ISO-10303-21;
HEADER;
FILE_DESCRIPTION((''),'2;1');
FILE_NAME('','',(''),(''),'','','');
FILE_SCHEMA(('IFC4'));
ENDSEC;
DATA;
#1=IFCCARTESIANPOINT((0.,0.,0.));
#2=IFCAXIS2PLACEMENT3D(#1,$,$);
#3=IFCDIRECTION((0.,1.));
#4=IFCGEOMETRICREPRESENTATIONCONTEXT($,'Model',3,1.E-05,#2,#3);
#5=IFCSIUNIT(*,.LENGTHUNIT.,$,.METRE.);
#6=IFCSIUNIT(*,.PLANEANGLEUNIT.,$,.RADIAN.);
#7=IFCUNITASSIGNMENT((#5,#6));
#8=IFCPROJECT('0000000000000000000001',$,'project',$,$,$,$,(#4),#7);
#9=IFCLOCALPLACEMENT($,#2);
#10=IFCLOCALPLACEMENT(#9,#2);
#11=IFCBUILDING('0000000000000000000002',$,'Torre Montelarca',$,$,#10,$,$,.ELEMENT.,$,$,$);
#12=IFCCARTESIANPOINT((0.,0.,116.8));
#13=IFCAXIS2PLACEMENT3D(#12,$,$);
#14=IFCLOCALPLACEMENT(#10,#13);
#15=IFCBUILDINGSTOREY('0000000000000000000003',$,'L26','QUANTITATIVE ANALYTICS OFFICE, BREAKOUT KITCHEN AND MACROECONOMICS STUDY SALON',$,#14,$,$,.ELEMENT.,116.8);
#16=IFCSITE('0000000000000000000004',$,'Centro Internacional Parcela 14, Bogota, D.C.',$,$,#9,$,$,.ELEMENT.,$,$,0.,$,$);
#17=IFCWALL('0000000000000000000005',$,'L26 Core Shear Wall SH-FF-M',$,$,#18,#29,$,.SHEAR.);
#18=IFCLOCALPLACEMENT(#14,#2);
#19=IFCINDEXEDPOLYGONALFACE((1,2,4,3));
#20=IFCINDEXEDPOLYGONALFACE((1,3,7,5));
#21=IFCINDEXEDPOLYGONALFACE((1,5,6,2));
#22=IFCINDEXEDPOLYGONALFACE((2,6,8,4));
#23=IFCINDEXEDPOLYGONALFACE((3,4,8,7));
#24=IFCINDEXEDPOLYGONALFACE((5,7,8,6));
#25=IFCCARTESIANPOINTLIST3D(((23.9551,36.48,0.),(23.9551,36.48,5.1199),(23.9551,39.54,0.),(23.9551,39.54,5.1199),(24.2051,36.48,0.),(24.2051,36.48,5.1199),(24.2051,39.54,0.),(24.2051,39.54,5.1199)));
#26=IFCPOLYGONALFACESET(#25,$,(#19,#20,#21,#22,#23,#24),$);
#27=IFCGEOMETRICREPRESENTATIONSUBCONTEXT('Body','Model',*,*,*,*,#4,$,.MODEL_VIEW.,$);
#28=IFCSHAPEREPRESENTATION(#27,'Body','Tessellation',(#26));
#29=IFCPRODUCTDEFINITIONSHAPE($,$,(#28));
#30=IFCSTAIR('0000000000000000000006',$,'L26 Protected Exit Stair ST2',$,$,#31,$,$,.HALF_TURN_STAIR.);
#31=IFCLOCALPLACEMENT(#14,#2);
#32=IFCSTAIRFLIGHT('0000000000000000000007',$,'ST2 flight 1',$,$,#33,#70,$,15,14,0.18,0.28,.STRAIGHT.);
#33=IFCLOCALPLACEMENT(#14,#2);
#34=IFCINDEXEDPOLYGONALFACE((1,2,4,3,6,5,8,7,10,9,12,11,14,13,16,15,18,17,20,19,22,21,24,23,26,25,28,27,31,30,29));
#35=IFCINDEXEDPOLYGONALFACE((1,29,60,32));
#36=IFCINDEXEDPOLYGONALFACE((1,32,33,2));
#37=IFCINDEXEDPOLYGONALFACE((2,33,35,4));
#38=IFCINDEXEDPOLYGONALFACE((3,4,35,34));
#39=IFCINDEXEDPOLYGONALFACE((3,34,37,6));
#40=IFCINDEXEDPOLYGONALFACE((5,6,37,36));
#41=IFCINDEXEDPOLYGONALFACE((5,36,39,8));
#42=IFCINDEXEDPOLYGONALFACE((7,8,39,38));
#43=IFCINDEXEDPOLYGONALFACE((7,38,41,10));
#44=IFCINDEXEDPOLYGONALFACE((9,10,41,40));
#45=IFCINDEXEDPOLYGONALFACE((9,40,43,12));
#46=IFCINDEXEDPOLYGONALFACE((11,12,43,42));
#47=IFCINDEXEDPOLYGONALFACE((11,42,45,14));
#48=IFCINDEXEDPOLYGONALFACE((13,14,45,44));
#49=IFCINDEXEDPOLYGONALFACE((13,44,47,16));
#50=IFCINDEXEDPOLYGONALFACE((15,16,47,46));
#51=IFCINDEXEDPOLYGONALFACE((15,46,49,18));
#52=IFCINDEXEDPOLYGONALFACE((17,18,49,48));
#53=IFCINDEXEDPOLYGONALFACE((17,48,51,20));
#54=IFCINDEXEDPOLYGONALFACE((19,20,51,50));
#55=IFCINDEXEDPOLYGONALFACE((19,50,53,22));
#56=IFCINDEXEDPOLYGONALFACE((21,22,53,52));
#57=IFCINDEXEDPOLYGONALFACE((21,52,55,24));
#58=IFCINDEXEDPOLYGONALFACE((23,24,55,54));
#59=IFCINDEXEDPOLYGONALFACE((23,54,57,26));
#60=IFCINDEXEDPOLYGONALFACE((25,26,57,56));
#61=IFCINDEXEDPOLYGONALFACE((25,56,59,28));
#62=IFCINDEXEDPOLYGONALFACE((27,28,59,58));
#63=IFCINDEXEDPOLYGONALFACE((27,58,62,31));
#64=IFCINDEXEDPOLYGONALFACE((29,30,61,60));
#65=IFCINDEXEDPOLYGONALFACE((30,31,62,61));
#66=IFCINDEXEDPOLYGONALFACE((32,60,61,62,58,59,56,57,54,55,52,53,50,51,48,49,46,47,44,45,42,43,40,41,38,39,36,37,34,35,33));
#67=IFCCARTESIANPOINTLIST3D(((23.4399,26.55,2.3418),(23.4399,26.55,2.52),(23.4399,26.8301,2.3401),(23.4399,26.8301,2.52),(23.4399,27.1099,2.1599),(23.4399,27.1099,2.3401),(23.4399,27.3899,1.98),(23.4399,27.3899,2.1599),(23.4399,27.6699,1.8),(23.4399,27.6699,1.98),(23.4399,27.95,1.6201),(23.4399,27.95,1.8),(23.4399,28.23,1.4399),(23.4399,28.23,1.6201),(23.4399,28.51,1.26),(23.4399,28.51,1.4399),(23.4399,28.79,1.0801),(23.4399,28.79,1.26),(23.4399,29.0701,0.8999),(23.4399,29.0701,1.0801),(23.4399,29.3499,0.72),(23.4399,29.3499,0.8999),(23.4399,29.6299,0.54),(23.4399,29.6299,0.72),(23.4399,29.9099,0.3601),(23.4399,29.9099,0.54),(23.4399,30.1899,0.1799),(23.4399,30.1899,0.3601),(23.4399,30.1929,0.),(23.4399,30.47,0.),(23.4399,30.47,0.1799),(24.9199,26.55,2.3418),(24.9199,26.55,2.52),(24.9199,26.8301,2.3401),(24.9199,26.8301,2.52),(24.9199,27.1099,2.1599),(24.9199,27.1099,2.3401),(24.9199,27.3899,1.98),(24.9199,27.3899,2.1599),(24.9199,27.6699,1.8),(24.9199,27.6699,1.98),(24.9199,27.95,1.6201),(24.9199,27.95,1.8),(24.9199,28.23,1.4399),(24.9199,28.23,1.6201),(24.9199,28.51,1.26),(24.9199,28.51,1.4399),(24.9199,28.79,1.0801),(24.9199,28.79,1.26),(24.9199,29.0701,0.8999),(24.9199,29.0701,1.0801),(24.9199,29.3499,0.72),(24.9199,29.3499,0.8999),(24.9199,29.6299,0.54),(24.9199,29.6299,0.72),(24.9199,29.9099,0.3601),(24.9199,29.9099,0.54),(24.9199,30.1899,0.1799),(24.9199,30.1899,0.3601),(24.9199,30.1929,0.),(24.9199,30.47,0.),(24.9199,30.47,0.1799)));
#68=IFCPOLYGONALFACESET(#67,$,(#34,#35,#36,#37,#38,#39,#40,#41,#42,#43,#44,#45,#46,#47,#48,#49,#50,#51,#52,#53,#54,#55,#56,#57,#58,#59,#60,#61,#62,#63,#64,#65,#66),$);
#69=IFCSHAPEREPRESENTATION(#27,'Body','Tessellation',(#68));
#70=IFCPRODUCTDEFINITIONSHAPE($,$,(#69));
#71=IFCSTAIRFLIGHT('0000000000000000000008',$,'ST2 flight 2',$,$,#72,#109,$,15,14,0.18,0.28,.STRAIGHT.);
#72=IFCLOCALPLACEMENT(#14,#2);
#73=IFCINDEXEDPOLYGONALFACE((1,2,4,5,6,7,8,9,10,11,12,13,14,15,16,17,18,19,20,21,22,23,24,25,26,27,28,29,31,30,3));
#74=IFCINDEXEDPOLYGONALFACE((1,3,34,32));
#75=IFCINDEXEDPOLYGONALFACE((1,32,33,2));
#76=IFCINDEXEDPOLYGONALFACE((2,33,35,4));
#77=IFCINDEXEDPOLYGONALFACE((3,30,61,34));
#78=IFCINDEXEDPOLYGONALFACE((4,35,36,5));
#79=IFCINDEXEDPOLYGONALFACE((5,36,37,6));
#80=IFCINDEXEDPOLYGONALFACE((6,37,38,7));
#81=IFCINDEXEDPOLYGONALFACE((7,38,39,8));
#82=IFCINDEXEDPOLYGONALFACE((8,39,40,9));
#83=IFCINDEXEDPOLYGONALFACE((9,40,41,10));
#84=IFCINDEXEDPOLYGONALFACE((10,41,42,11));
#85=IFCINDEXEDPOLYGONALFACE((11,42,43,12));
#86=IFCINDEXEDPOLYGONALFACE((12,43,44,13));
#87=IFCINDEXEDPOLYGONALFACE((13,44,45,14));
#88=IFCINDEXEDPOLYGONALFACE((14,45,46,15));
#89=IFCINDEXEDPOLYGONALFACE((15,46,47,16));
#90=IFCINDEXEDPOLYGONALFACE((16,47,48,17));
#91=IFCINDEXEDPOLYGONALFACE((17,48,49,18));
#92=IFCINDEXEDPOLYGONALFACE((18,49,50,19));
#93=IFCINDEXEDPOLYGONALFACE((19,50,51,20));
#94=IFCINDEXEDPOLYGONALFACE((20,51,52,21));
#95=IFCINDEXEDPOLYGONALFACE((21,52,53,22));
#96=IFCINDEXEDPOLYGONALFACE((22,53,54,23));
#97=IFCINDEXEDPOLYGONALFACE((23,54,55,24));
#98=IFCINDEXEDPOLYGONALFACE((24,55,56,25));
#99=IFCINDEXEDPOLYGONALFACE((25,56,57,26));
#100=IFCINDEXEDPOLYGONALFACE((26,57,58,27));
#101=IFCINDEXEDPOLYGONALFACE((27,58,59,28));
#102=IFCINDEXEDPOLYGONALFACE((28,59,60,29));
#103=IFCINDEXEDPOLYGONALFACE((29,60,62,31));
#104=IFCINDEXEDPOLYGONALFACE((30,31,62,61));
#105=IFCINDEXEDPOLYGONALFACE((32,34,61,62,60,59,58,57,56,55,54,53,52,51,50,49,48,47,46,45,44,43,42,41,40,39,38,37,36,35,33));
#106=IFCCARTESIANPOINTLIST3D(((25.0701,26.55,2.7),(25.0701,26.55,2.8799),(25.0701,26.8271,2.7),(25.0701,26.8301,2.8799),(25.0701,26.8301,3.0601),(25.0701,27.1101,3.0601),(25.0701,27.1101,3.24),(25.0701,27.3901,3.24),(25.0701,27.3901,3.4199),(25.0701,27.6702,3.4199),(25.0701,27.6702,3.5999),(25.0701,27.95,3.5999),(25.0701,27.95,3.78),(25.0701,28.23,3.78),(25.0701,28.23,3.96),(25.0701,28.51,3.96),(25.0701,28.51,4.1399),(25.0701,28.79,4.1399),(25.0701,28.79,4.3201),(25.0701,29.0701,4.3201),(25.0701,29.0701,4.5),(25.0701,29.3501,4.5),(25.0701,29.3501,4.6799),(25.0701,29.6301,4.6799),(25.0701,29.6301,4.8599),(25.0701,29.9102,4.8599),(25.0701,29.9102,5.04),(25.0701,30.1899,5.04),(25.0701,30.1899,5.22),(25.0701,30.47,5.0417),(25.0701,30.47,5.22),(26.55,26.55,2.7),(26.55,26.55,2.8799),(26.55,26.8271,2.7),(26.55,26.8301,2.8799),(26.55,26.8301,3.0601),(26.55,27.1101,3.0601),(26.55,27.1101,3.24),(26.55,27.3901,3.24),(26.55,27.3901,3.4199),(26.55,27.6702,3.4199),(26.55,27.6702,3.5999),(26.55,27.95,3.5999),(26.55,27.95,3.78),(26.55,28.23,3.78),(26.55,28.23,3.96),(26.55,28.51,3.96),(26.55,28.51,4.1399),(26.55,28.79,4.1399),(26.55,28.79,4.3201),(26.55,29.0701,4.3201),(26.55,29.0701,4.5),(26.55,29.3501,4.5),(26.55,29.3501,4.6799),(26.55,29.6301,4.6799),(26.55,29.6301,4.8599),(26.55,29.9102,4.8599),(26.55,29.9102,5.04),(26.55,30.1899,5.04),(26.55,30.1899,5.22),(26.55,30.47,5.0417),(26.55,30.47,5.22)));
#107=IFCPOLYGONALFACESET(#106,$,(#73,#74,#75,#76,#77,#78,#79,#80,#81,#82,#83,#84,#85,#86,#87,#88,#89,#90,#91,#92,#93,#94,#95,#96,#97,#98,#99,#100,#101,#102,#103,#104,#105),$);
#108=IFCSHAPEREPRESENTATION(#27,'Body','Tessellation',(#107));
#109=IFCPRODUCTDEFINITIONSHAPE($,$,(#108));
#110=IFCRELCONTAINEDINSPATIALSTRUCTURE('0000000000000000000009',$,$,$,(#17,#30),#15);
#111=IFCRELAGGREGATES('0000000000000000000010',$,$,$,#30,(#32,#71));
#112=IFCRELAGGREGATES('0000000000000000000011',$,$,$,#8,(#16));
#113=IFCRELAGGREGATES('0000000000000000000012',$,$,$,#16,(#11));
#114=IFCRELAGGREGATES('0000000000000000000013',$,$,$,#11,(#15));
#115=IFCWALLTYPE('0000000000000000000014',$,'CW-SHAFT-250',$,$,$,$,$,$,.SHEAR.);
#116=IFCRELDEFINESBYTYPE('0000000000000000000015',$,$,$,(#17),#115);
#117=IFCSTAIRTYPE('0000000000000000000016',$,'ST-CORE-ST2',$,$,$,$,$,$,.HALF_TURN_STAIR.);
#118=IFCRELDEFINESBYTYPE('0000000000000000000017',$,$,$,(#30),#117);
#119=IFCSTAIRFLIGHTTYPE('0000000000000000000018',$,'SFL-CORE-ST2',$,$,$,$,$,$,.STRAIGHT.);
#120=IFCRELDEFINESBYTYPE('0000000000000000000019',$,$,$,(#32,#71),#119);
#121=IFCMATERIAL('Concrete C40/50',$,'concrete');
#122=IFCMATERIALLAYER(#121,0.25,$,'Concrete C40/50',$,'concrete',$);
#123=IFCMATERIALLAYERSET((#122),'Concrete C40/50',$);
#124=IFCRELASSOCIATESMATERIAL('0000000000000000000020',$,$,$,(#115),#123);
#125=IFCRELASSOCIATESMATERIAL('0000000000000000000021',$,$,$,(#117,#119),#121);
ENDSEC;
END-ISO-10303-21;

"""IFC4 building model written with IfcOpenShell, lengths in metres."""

from ifc_helpers import new_model, si_unit, direction, frame, frame_2d, origin, place, context, subcontext, project, spatial, polyline, rectangle, outline, extrude, material, layer, layer_set, type_object, element, aggregate, save


model = new_model("IFC4")

# Units and contexts
model_context = context("Model", 3, precision=1e-05, world=origin(), true_north=direction((0.0, 1.0)))
body_context = subcontext(model_context, "Body", "Model", "MODEL_VIEW")
ifc_project = project(units=[si_unit("LENGTHUNIT", "METRE"), si_unit("PLANEANGLEUNIT", "RADIAN")], contexts=[model_context])

# Site, building, storey
site_placement = place(None, origin())
site = spatial("IfcSite", under=ifc_project, at=site_placement, Name="Centro Internacional Parcela 14, Bogota, D.C.", CompositionType="ELEMENT", RefElevation=0.0)
building_placement = place(site_placement, origin())
building = spatial("IfcBuilding", under=site, at=building_placement, Name="Torre Montelarca", CompositionType="ELEMENT")
storey_placement = place(building_placement, frame((0.0, 0.0, 116.8)))
storey = spatial("IfcBuildingStorey", under=building, at=storey_placement, Name="L26", Description="QUANTITATIVE ANALYTICS OFFICE, BREAKOUT KITCHEN AND MACROECONOMICS STUDY SALON", CompositionType="ELEMENT", Elevation=116.8)

# Shared definitions
ifc_material_1 = material(Name="Concrete C40/50", Category="concrete")
ifc_layer_1 = layer(ifc_material_1, 0.25, Name="Concrete C40/50", Category="concrete")
ifc_layer_set_1 = layer_set([ifc_layer_1], Name="Concrete C40/50")
wall_type = type_object("IfcWallType", Name="CW-SHAFT-250", PredefinedType="SHEAR", material=ifc_layer_set_1)

# Wall
wall_1_placement = place(storey_placement, frame((24.0801, 36.48, 0.0), z_axis=(0.0, 0.0, 1.0), x_axis=(0.0, 1.0, 0.0)))
element("IfcWall", 1, at=wall_1_placement, inside=storey, type_object=wall_type, Name="L26 Core Shear Wall SH-FF-M", PredefinedType="SHEAR", context=body_context, shape_type="SweptSolid", body=[
    extrude(rectangle(XDim=3.0601, YDim=0.25, at=frame_2d((1.53, 0.0))), origin(), (0.0, 0.0, 1.0), 5.1199),
])

# Stair, stair flights
stair_type = type_object("IfcStairType", Name="ST-CORE-ST2", PredefinedType="HALF_TURN_STAIR", material=ifc_material_1)
stair_placement = place(storey_placement, origin())
stair = element("IfcStair", 2, at=stair_placement, inside=storey, type_object=stair_type, Name="L26 Protected Exit Stair ST2", PredefinedType="HALF_TURN_STAIR")
stair_flight_type = type_object("IfcStairFlightType", Name="SFL-CORE-ST2", PredefinedType="STRAIGHT", material=ifc_material_1)
stair_flight_1_placement = place(storey_placement, frame((24.1799, 30.47, 0.0), z_axis=(0.0, 0.0, 1.0), x_axis=(0.0, -1.0, 0.0)))
stair_flight_1 = element("IfcStairFlight", 3, at=stair_flight_1_placement, type_object=stair_flight_type, Name="ST2 flight 1", NumberOfRisers=15, NumberOfTreads=14, PredefinedType="STRAIGHT", RiserHeight=0.18, TreadLength=0.28, context=body_context, shape_type="SweptSolid", body=[
    extrude(outline(polyline([(0.0, 0.0), (0.0, 0.1799), (0.28, 0.1799), (0.28, 0.3601), (0.5601, 0.3601), (0.5601, 0.54), (0.8401, 0.54), (0.8401, 0.72), (1.1201, 0.72), (1.1201, 0.8999), (1.3999, 0.8999), (1.3999, 1.0801), (1.6799, 1.0801), (1.6799, 1.26), (1.96, 1.26), (1.96, 1.4399), (2.24, 1.4399), (2.24, 1.6201), (2.52, 1.6201), (2.52, 1.8), (2.8, 1.8), (2.8, 1.98), (3.0801, 1.98), (3.0801, 2.1599), (3.3601, 2.1599), (3.3601, 2.3401), (3.6399, 2.3401), (3.6399, 2.52), (3.9199, 2.52), (3.9199, 2.7), (3.9199, 2.3418), (0.2771, 0.0), (0.0, 0.0)])), frame((0.0, 0.74, 0.0), z_axis=(0.0, -1.0, 0.0), x_axis=(1.0, 0.0, 0.0)), (0.0, 0.0, 1.0), 1.48),
])
stair_flight_2_placement = place(storey_placement, frame((25.8101, 26.55, 2.7), z_axis=(0.0, 0.0, 1.0), x_axis=(0.0, 1.0, 0.0)))
stair_flight_2 = element("IfcStairFlight", 4, at=stair_flight_2_placement, type_object=stair_flight_type, Name="ST2 flight 2", NumberOfRisers=15, NumberOfTreads=14, PredefinedType="STRAIGHT", RiserHeight=0.18, TreadLength=0.28, context=body_context, shape_type="SweptSolid", body=[
    extrude(outline(polyline([(0.0, 0.0), (0.0, 0.1799), (0.28, 0.1799), (0.28, 0.3601), (0.5601, 0.3601), (0.5601, 0.54), (0.8401, 0.54), (0.8401, 0.72), (1.1201, 0.72), (1.1201, 0.8999), (1.3999, 0.8999), (1.3999, 1.0801), (1.6799, 1.0801), (1.6799, 1.26), (1.96, 1.26), (1.96, 1.4399), (2.24, 1.4399), (2.24, 1.6201), (2.52, 1.6201), (2.52, 1.8), (2.8, 1.8), (2.8, 1.98), (3.0801, 1.98), (3.0801, 2.1599), (3.3601, 2.1599), (3.3601, 2.3401), (3.6399, 2.3401), (3.6399, 2.52), (3.9199, 2.52), (3.9199, 2.7), (3.9199, 2.3418), (0.2771, 0.0), (0.0, 0.0)])), frame((0.0, 0.74, 0.0), z_axis=(0.0, -1.0, 0.0), x_axis=(1.0, 0.0, 0.0)), (0.0, 0.0, 1.0), 1.48),
])
aggregate(stair, [stair_flight_1, stair_flight_2])

save(model, "model.ifc")
